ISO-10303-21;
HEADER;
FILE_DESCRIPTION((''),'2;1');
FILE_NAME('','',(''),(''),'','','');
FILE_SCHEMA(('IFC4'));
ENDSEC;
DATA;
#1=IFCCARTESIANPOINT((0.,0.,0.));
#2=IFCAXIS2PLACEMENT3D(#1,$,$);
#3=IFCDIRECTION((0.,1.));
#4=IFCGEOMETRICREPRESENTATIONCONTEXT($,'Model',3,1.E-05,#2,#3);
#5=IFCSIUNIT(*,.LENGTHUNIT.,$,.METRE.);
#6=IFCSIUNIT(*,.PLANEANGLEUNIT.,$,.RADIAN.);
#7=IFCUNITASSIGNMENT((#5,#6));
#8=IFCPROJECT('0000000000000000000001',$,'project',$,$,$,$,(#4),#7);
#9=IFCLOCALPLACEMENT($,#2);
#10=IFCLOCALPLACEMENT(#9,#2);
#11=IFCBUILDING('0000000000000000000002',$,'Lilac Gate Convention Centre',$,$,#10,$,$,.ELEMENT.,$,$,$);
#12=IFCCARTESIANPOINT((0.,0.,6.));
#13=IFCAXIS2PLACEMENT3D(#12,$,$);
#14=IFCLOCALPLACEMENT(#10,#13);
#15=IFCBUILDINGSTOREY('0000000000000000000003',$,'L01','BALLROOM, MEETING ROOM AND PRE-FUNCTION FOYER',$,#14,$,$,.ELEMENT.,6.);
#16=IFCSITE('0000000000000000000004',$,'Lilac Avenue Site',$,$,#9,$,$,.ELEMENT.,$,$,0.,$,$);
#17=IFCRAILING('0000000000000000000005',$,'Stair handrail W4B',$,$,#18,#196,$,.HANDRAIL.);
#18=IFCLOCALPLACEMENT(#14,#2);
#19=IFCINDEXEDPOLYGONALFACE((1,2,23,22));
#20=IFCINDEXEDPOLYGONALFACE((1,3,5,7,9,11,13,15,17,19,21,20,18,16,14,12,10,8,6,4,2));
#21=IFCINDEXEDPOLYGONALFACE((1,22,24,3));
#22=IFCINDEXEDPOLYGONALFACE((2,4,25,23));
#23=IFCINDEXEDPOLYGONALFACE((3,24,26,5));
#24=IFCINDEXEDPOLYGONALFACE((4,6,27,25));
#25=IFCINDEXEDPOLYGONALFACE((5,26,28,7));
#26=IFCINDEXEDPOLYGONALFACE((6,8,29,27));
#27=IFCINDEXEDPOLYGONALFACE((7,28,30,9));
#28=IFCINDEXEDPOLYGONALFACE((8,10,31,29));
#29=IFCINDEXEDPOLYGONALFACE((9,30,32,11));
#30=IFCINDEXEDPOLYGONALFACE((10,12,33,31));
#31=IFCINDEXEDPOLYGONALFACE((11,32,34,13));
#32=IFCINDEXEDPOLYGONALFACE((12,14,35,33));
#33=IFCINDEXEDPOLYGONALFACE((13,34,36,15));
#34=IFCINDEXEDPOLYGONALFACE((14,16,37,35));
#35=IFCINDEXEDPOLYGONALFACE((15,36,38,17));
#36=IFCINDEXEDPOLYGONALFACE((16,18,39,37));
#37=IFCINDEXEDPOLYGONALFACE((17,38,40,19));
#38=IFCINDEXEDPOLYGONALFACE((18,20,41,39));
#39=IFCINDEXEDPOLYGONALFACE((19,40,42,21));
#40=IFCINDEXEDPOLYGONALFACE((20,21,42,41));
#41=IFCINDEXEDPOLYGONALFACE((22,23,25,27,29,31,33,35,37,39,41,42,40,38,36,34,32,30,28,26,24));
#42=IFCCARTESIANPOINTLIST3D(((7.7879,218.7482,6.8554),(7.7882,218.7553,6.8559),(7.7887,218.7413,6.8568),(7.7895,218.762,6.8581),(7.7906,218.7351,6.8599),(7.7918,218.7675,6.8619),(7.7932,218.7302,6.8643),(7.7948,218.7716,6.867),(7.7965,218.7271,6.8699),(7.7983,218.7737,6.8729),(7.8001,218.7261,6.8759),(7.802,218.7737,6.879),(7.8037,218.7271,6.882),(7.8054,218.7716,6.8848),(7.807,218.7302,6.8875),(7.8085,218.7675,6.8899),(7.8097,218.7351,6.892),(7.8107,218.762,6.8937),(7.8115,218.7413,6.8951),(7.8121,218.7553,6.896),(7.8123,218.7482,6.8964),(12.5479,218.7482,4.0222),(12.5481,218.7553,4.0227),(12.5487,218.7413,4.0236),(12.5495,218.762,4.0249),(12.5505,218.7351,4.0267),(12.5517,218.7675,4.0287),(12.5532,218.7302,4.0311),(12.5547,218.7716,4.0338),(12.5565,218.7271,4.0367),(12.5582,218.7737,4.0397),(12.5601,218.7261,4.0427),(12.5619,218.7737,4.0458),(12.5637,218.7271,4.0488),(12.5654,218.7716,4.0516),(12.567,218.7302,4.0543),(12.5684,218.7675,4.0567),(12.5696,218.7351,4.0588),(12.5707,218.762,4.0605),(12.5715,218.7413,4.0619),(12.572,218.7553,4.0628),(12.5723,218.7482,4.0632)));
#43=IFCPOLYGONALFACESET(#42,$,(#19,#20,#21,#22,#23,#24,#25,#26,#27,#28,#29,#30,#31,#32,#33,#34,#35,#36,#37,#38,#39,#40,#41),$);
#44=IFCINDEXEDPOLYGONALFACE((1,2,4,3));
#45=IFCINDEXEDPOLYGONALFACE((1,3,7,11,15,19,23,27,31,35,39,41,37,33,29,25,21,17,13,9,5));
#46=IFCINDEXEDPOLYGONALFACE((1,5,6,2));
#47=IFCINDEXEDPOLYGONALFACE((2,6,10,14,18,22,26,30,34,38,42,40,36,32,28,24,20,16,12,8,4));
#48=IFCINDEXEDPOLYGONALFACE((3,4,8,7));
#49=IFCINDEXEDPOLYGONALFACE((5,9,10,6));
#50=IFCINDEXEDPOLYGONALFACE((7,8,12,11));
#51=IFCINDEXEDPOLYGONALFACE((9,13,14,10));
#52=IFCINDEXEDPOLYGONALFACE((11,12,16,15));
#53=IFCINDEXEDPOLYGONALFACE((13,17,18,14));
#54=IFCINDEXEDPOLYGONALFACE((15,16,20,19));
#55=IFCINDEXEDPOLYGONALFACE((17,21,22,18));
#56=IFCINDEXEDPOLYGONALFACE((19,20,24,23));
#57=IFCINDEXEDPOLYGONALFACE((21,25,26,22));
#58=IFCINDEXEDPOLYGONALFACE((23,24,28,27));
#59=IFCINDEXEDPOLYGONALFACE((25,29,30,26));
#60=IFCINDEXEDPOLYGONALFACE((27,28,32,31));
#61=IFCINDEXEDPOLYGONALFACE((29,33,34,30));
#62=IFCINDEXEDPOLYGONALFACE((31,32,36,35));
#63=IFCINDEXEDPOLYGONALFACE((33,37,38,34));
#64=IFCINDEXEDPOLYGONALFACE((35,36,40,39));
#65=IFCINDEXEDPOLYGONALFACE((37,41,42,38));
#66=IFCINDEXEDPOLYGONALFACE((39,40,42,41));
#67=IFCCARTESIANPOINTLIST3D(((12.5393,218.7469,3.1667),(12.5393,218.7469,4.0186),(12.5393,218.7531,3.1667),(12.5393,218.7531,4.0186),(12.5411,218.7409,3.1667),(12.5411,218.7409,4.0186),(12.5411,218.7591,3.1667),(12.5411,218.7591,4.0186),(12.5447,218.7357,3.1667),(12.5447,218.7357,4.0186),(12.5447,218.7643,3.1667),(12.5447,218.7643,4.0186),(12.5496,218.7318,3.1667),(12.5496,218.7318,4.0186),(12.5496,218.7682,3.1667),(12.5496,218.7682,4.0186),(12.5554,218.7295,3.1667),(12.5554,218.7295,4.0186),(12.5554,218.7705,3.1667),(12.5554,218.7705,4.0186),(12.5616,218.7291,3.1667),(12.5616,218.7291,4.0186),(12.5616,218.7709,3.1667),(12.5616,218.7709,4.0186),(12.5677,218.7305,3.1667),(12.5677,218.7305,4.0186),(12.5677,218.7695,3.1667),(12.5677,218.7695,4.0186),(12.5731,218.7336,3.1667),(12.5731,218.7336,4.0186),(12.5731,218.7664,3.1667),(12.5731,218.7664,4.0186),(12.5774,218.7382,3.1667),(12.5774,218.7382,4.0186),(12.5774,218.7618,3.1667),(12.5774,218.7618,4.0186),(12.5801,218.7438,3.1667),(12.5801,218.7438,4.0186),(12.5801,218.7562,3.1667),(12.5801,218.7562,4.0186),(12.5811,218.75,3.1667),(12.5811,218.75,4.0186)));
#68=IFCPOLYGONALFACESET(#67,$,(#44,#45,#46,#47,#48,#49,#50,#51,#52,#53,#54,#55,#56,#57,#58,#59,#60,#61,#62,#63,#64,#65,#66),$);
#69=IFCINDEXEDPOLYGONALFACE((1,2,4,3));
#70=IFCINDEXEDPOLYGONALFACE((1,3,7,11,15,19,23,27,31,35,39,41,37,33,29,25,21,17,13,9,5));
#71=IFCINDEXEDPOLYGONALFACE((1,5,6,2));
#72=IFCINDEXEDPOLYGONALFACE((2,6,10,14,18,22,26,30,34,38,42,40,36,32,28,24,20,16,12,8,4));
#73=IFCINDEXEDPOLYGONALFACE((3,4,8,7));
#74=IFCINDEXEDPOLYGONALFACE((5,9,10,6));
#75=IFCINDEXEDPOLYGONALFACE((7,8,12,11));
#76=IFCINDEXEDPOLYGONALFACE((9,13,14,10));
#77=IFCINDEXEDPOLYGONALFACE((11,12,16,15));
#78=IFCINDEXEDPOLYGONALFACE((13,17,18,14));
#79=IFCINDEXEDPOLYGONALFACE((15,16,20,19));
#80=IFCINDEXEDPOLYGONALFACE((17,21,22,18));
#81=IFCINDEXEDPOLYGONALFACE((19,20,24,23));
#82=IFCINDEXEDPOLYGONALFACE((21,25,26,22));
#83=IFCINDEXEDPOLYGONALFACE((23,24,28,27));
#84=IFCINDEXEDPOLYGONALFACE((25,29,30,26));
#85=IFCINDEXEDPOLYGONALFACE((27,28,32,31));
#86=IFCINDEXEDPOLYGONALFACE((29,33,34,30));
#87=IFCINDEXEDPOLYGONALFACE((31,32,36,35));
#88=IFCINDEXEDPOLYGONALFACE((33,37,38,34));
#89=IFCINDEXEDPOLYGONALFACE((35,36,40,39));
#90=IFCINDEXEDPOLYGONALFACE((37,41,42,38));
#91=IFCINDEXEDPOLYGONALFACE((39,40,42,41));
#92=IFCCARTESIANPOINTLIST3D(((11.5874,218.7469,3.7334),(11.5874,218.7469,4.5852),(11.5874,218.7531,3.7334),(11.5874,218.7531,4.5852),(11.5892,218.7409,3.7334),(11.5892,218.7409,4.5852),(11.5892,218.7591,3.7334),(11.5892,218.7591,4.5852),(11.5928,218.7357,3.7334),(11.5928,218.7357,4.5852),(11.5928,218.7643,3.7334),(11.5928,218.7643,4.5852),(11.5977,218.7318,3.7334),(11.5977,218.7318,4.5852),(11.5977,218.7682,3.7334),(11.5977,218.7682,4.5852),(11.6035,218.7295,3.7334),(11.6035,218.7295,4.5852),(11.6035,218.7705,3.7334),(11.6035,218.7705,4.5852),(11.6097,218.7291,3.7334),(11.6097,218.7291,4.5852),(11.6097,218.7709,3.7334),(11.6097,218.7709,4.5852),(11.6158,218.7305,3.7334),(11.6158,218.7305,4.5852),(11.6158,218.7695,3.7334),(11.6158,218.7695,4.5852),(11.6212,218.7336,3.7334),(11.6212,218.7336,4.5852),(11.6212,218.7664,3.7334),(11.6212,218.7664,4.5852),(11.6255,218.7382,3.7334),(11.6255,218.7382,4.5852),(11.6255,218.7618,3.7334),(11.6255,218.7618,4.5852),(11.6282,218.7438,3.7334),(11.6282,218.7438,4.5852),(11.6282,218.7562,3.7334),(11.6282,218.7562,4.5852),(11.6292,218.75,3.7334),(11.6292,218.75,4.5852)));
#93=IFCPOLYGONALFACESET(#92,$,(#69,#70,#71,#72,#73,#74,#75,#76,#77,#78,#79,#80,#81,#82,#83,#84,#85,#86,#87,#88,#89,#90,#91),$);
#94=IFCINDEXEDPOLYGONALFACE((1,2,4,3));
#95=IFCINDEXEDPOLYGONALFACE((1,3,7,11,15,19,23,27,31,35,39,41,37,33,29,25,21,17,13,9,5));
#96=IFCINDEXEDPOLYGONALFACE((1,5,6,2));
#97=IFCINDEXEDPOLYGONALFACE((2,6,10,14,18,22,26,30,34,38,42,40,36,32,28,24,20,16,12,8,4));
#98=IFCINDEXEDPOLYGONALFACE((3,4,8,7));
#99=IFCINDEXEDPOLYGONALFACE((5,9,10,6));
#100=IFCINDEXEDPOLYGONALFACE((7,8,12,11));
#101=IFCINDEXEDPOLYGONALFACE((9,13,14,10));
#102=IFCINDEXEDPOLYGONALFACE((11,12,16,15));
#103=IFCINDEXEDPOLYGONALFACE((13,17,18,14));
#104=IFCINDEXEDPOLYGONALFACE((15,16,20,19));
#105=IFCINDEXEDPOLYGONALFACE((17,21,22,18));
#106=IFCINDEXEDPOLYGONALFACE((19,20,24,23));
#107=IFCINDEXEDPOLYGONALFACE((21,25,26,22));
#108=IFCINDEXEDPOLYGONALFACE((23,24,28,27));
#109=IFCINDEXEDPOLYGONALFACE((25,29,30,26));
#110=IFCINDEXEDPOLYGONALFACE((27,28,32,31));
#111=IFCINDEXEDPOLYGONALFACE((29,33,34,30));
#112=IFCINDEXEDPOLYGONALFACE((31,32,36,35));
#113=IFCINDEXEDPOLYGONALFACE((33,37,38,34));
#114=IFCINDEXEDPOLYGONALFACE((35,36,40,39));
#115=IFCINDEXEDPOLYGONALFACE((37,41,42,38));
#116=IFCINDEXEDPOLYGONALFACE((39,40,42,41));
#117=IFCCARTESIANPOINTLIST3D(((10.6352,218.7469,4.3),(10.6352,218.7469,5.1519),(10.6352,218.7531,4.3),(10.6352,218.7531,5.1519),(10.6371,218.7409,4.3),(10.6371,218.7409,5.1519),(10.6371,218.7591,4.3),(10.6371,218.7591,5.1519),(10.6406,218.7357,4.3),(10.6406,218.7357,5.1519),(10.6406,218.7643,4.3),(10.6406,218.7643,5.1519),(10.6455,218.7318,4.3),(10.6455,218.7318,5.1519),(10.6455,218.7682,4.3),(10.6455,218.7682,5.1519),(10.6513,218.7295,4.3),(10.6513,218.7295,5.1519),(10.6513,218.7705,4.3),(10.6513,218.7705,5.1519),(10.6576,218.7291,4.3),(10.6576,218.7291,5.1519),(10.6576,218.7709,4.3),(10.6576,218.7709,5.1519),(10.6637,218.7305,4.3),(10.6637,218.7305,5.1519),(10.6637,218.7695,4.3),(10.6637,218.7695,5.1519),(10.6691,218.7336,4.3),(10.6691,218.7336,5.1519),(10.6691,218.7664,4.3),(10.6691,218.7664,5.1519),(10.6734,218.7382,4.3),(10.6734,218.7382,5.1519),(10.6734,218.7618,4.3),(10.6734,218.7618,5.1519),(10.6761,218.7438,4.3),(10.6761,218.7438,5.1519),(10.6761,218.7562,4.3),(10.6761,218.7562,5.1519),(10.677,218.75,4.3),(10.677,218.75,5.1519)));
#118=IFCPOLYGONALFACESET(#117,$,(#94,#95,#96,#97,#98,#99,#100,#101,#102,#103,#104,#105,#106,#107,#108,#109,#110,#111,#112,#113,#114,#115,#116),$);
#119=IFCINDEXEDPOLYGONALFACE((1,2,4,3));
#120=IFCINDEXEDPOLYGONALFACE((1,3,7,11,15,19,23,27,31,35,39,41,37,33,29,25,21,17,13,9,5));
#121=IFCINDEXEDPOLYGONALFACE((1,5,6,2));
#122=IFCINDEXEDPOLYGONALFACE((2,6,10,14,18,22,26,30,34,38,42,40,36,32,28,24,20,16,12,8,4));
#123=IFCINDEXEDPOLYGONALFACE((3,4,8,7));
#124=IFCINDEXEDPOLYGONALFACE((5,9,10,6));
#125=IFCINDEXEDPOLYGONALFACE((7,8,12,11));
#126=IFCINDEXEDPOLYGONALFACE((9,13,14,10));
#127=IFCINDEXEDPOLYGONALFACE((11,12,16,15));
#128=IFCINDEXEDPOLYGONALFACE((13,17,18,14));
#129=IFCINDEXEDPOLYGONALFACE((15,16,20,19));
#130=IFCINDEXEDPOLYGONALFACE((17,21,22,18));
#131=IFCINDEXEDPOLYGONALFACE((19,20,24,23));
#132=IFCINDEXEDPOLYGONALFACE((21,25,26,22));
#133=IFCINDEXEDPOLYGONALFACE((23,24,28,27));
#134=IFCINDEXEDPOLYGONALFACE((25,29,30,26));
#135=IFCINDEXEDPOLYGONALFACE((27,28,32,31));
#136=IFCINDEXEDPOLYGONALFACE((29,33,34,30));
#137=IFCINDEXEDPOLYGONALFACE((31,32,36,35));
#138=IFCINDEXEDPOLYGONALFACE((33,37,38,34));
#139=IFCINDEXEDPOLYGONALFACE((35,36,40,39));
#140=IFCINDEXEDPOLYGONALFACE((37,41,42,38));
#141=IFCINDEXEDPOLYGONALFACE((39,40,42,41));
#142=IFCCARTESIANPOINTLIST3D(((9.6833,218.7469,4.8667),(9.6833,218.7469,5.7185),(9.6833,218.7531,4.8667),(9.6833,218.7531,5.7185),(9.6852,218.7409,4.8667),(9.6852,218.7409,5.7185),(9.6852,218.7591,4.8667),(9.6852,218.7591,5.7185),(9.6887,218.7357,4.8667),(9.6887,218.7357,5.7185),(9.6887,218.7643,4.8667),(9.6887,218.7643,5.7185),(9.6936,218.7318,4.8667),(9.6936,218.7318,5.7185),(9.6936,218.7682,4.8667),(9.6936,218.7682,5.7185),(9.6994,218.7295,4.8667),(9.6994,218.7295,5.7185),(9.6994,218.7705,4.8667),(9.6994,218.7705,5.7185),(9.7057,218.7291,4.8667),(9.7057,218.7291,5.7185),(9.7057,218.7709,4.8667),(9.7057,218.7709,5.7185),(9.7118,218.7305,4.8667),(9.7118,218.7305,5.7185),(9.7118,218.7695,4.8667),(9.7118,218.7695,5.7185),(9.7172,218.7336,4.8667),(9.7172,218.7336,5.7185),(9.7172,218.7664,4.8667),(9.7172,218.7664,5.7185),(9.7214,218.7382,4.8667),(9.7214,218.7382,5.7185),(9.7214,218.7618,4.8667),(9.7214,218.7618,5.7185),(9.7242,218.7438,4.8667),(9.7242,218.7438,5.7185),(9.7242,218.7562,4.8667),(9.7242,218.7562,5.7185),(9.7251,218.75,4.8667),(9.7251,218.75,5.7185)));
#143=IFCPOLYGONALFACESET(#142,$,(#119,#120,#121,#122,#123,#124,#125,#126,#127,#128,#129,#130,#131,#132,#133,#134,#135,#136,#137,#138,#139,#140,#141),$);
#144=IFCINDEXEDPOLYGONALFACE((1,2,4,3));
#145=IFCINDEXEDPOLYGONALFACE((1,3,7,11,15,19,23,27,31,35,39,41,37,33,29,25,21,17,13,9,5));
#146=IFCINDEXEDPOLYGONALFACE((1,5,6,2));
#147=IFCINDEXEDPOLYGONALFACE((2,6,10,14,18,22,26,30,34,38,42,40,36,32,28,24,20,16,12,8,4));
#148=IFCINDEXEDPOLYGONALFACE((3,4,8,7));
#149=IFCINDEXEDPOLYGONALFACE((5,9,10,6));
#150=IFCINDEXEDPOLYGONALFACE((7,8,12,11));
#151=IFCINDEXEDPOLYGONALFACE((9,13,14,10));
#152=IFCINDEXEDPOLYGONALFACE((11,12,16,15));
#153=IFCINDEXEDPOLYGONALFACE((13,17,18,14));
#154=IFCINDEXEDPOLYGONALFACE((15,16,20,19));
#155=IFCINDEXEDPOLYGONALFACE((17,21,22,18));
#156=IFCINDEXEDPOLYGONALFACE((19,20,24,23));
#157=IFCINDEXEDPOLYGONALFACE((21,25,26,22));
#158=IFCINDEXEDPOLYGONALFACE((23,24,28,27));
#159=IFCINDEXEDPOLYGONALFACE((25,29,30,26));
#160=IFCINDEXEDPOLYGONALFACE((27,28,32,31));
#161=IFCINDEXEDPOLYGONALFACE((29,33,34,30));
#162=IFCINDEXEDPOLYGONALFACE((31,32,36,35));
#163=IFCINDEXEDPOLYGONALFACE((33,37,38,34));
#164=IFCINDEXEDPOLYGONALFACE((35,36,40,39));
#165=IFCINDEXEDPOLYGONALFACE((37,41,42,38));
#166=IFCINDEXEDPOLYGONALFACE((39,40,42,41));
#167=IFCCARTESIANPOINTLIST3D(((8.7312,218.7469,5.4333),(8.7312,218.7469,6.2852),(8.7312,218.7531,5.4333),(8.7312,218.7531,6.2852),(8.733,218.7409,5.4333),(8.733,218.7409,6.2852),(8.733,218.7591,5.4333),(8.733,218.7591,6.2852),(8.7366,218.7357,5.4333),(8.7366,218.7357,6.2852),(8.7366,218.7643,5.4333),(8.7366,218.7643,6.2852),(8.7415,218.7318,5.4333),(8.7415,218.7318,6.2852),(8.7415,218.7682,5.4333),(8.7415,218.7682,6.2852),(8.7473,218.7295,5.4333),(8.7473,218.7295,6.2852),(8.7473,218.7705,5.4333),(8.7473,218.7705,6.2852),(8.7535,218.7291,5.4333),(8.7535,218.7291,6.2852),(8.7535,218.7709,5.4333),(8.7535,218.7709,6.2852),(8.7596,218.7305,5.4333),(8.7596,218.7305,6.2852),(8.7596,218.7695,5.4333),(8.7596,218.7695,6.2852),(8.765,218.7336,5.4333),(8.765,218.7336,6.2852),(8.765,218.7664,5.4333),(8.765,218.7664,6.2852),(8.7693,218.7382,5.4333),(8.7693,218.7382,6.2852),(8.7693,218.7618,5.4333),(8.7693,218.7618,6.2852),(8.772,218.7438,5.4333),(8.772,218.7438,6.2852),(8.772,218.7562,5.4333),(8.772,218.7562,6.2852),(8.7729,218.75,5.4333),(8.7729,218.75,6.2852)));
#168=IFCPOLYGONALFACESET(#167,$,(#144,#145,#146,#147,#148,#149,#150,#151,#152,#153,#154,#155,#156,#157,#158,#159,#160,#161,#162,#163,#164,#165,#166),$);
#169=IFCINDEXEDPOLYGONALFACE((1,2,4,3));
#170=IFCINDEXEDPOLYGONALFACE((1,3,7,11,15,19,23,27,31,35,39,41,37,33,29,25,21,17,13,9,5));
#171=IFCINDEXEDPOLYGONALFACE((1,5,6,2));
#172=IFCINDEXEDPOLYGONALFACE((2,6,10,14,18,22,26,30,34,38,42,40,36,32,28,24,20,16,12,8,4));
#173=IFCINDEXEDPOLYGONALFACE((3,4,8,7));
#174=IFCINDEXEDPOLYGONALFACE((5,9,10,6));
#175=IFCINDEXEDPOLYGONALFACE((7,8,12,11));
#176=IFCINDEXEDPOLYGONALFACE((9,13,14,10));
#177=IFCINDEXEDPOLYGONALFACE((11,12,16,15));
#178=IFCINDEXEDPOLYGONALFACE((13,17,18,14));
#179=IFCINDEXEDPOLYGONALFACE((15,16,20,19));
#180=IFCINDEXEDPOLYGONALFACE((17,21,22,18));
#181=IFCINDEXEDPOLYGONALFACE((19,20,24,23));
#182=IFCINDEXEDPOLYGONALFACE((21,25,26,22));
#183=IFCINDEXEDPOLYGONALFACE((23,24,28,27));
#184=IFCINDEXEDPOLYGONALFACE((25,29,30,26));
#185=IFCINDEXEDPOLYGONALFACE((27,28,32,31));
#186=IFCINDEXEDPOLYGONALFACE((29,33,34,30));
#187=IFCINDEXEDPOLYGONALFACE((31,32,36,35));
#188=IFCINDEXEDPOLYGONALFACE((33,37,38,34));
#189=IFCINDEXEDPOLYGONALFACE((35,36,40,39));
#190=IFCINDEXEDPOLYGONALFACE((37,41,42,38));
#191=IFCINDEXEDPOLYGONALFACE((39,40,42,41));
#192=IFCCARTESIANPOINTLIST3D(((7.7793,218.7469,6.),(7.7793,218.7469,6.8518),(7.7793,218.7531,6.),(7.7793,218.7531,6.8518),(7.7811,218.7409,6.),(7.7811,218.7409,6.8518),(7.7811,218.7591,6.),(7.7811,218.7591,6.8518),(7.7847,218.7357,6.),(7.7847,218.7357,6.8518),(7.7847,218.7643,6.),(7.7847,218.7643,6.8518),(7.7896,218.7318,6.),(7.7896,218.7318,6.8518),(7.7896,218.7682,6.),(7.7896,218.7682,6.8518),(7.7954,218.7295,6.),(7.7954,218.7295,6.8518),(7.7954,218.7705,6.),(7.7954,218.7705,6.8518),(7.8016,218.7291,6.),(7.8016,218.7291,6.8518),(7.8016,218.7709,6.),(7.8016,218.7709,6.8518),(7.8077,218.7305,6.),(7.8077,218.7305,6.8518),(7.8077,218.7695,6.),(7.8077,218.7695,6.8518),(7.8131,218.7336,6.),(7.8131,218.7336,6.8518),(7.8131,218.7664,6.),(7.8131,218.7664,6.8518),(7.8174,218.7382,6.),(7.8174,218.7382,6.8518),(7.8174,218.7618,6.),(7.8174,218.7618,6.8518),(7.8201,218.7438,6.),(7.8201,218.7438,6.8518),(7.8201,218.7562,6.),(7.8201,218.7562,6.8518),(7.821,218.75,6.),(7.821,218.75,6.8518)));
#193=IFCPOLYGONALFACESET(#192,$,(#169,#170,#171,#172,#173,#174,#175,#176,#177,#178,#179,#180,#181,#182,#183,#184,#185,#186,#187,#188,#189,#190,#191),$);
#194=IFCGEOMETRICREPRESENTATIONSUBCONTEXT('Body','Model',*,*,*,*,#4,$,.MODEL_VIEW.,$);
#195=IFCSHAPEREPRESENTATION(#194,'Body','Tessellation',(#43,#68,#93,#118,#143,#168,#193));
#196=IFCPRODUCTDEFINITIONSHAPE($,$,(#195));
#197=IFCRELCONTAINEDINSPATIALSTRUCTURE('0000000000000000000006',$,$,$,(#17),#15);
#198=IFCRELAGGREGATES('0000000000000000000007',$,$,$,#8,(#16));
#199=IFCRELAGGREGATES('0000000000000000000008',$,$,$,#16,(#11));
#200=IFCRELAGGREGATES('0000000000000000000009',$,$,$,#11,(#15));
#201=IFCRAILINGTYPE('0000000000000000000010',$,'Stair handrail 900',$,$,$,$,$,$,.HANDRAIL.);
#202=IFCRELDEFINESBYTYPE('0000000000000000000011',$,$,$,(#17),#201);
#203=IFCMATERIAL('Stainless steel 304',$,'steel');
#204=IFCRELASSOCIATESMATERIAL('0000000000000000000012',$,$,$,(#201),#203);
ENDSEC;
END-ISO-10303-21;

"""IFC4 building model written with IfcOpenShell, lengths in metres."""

from ifc_helpers import new_model, si_unit, direction, frame, origin, origin_2d, place, context, subcontext, project, spatial, circle, extrude, material, type_object, element, save


model = new_model("IFC4")

# Units and contexts
model_context = context("Model", 3, precision=1e-05, world=origin(), true_north=direction((0.0, 1.0)))
body_context = subcontext(model_context, "Body", "Model", "MODEL_VIEW")
ifc_project = project(units=[si_unit("LENGTHUNIT", "METRE"), si_unit("PLANEANGLEUNIT", "RADIAN")], contexts=[model_context])

# Site, building, storey
site_placement = place(None, origin())
site = spatial("IfcSite", under=ifc_project, at=site_placement, Name="Lilac Avenue Site", CompositionType="ELEMENT", RefElevation=0.0)
building_placement = place(site_placement, origin())
building = spatial("IfcBuilding", under=site, at=building_placement, Name="Lilac Gate Convention Centre", CompositionType="ELEMENT")
storey_placement = place(building_placement, frame((0.0, 0.0, 6.0)))
storey = spatial("IfcBuildingStorey", under=building, at=storey_placement, Name="L01", Description="BALLROOM, MEETING ROOM AND PRE-FUNCTION FOYER", CompositionType="ELEMENT", Elevation=6.0)

# Railing
ifc_material_1 = material(Name="Stainless steel 304", Category="steel")
railing_type = type_object("IfcRailingType", Name="Stair handrail 900", PredefinedType="HANDRAIL", material=ifc_material_1)
for number, where, name in (
    (1, (12.5601, 218.75, 3.1667), "Stair handrail W4B"),
):
    element("IfcRailing", number, at=place(storey_placement, frame(where)), inside=storey, type_object=railing_type, Name=name, PredefinedType="HANDRAIL", context=body_context, shape_type="SweptSolid", body=[
        extrude(circle(Radius=0.0239, at=origin_2d()), frame((0.0, 0.0, 0.876), z_axis=(-0.8593, 0.0, 0.511472), x_axis=(0.0, -1.0, 0.0)), (0.0, 0.0, 1.0), 5.5393),
        extrude(circle(Radius=0.021, at=origin_2d()), origin(), (0.0, 0.0, 1.0), 0.8518),
        extrude(circle(Radius=0.021, at=origin_2d()), frame((-0.9519, 0.0, 0.5667)), (0.0, 0.0, 1.0), 0.8518),
        extrude(circle(Radius=0.021, at=origin_2d()), frame((-1.9041, 0.0, 1.1333)), (0.0, 0.0, 1.0), 0.8518),
        extrude(circle(Radius=0.021, at=origin_2d()), frame((-2.856, 0.0, 1.7)), (0.0, 0.0, 1.0), 0.8518),
        extrude(circle(Radius=0.021, at=origin_2d()), frame((-3.8081, 0.0, 2.2666)), (0.0, 0.0, 1.0), 0.8518),
        extrude(circle(Radius=0.021, at=origin_2d()), frame((-4.76, 0.0, 2.8333)), (0.0, 0.0, 1.0), 0.8518),
    ])

save(model, "model.ifc")
